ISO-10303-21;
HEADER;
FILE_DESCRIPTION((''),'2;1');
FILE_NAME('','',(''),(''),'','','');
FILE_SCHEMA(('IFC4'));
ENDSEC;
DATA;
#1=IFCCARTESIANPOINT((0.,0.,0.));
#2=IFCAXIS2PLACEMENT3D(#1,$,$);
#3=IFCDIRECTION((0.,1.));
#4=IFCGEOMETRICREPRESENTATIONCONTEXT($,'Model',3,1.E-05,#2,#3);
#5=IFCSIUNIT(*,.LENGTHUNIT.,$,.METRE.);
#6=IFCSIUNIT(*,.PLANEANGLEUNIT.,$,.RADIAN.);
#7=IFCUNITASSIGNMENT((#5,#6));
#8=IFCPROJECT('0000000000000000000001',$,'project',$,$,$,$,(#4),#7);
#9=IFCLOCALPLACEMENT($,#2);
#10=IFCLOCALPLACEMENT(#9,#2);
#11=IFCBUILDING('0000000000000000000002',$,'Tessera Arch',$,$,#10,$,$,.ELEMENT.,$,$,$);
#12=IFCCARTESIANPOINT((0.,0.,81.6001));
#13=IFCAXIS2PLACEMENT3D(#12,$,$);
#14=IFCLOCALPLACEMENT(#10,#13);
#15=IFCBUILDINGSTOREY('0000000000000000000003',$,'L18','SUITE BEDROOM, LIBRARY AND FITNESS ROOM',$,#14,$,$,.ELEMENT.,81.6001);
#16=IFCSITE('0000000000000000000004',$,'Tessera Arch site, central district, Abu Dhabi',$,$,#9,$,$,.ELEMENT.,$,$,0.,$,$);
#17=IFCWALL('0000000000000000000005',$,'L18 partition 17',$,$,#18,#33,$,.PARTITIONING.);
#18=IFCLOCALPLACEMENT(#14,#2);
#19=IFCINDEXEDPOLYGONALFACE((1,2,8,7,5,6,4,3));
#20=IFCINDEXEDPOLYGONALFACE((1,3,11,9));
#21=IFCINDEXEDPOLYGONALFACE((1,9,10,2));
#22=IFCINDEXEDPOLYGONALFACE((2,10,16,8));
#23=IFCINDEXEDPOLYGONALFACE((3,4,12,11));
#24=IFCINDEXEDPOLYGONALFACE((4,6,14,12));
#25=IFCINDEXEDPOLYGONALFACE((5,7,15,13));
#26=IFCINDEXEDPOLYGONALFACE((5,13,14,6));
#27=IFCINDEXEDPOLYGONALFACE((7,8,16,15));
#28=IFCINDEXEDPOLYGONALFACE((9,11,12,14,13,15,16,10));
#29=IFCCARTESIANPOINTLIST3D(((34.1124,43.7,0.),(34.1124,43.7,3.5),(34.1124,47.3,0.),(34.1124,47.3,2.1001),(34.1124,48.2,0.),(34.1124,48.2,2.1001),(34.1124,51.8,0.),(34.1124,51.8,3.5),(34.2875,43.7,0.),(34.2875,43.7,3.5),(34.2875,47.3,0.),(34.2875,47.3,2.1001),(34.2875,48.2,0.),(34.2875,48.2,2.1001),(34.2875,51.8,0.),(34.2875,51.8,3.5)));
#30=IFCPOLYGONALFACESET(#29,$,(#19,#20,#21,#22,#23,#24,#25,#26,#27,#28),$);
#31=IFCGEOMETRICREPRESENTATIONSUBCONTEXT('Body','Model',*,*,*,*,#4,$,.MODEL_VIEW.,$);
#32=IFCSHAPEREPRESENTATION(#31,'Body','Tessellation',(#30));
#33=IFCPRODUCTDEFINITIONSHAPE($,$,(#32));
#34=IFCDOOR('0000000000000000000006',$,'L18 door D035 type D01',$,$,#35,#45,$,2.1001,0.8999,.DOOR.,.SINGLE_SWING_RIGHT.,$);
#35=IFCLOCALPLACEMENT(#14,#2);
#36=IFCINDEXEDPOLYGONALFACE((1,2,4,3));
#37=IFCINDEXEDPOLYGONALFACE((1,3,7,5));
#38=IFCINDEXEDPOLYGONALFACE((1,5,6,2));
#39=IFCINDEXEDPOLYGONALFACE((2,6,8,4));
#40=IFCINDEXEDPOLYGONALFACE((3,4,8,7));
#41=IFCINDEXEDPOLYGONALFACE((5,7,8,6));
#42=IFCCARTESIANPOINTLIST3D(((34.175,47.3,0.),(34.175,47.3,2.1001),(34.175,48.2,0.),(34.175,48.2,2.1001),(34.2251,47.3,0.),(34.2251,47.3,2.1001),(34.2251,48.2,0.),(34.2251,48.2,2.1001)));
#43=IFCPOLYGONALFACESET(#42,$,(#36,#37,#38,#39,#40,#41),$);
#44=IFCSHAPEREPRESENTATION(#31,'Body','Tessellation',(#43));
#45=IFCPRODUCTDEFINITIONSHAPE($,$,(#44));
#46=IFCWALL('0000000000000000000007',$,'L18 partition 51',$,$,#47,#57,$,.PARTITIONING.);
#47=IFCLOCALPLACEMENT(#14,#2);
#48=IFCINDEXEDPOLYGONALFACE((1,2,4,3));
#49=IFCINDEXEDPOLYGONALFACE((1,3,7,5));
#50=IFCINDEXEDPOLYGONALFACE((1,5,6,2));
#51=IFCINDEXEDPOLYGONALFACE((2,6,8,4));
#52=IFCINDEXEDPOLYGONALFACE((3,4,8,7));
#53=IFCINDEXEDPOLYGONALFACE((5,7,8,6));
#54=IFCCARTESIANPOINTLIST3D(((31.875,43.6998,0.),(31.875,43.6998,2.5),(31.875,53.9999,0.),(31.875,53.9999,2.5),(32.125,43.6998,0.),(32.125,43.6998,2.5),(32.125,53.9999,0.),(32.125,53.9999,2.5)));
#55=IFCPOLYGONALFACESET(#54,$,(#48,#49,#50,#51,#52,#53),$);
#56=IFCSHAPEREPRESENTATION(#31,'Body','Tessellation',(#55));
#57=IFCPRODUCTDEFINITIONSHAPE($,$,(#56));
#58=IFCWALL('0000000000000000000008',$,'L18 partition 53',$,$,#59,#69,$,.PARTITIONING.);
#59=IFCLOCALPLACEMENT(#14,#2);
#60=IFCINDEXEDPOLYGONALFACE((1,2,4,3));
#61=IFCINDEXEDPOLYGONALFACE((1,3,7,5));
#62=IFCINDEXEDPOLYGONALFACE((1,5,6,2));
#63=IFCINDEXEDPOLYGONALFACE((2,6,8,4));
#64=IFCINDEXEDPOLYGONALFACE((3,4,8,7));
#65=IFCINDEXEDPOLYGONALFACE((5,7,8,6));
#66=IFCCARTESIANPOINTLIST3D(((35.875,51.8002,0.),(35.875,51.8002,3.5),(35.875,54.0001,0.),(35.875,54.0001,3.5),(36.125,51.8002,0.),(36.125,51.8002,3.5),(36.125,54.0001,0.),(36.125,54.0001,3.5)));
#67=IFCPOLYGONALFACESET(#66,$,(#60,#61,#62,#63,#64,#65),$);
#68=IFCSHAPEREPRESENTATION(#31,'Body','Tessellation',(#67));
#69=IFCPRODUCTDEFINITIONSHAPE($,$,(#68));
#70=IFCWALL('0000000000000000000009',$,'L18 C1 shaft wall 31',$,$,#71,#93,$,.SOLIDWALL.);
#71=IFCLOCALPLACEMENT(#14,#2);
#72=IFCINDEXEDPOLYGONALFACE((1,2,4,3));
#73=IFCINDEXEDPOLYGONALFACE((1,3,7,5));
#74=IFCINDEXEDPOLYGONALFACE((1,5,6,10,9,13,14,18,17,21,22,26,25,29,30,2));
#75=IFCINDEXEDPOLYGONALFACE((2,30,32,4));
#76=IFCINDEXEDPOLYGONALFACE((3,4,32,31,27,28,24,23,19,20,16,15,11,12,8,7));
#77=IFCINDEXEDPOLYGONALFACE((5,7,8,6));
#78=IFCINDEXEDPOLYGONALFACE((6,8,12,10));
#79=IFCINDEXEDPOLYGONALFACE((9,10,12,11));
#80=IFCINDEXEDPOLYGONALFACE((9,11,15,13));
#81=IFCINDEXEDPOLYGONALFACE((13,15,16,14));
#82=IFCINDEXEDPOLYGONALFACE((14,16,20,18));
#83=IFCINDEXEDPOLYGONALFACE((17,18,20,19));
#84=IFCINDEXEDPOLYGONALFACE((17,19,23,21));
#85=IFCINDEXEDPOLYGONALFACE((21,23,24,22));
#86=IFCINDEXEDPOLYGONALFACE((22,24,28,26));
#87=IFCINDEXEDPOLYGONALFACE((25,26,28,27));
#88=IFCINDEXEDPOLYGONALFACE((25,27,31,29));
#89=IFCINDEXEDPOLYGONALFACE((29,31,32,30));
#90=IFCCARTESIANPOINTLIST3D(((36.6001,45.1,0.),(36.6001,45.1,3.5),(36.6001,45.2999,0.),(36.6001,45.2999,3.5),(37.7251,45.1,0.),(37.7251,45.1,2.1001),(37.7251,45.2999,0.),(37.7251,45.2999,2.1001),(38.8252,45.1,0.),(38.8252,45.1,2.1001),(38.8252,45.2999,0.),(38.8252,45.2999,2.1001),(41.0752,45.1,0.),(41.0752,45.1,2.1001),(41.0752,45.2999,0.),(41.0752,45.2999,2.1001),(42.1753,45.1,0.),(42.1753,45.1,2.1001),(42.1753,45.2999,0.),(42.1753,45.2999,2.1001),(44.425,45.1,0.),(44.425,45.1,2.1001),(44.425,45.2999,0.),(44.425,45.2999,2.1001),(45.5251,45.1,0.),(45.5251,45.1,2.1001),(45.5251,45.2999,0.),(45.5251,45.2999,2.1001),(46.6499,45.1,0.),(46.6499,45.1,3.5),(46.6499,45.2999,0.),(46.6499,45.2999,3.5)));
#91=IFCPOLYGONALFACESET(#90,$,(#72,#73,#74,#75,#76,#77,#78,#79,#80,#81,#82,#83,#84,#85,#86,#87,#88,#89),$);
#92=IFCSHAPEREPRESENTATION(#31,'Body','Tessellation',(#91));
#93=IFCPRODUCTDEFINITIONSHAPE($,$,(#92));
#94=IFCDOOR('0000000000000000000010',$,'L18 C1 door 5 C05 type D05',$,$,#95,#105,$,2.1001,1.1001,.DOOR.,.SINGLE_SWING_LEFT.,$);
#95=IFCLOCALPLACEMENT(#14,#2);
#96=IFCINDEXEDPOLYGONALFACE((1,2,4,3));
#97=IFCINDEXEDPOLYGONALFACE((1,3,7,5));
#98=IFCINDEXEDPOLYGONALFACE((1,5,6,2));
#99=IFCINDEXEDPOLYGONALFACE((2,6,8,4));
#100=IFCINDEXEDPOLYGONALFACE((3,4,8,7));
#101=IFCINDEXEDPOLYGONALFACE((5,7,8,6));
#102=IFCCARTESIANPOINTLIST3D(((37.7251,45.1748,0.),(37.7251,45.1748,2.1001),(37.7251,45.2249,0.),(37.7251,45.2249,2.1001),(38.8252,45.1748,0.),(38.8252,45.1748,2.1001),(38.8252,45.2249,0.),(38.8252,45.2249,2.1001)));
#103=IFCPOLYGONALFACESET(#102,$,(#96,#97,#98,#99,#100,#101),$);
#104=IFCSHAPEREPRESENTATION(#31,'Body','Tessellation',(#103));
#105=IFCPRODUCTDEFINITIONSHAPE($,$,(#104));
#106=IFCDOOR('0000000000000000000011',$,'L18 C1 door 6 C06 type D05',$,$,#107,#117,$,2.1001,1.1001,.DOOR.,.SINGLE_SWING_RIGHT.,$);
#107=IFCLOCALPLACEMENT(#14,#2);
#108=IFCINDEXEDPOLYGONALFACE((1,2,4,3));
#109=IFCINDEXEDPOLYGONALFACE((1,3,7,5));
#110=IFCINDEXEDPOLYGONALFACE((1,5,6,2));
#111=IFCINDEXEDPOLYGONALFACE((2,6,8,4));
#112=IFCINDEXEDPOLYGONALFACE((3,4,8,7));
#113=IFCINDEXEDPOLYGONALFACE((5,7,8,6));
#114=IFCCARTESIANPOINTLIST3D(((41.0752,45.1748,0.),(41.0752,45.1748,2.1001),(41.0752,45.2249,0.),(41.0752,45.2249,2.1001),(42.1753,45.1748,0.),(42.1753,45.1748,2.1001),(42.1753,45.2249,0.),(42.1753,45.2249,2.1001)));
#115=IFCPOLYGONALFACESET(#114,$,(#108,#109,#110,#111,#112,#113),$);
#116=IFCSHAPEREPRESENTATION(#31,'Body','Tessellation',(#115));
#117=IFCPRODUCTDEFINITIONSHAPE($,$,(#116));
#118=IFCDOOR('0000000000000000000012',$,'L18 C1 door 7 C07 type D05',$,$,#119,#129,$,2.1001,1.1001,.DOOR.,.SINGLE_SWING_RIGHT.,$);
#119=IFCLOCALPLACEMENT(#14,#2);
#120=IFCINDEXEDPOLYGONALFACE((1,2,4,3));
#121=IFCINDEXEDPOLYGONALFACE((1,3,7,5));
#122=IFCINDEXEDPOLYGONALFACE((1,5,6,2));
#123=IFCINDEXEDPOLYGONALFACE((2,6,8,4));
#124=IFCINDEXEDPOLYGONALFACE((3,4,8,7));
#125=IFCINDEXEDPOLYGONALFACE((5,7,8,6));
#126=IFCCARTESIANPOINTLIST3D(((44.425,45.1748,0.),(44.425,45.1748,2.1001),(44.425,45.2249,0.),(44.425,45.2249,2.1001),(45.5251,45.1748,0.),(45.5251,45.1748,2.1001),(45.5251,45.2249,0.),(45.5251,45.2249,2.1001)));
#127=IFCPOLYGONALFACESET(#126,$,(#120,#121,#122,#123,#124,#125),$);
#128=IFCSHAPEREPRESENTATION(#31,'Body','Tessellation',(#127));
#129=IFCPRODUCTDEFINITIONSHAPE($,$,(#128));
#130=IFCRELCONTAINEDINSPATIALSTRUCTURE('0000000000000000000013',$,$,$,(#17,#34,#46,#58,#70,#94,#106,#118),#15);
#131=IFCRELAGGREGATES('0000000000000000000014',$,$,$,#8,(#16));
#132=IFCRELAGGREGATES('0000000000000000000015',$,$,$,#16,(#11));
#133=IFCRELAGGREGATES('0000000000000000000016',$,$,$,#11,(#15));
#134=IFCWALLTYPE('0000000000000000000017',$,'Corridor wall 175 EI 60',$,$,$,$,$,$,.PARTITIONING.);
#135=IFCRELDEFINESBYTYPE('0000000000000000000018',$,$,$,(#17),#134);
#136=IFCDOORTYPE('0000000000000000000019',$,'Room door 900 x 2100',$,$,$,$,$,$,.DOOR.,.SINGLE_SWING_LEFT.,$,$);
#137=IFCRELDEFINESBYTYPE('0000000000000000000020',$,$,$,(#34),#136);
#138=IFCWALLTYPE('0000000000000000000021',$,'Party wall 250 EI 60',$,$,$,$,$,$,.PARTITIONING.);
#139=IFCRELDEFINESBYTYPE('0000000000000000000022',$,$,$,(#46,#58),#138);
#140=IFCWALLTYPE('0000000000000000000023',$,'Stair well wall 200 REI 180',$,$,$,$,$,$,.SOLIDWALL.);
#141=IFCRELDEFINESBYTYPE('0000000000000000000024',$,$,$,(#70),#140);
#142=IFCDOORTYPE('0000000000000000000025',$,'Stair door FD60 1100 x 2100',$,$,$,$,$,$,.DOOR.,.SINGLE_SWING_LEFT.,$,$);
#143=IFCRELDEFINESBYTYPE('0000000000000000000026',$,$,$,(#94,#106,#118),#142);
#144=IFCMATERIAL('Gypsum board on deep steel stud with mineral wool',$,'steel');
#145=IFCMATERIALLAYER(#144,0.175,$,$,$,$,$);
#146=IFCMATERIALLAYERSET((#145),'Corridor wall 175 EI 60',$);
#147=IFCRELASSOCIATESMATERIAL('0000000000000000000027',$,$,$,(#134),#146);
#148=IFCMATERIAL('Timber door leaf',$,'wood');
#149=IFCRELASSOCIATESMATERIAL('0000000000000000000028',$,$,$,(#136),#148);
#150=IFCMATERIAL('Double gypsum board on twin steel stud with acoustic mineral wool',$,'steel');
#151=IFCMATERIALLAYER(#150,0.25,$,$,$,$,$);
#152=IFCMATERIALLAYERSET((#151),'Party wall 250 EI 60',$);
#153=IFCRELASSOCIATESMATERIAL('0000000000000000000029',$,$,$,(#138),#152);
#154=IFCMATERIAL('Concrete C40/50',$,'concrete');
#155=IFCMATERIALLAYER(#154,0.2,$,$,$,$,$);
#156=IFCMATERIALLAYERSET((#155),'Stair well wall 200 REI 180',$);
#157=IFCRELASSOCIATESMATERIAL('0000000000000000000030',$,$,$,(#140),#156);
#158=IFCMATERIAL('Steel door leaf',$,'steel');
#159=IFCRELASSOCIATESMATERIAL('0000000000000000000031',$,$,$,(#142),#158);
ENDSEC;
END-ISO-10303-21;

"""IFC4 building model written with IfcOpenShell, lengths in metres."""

from ifc_helpers import new_model, si_unit, direction, frame, frame_2d, origin, place, context, subcontext, project, spatial, rectangle, extrude, material, layer, layer_set, type_object, element, fill, save


model = new_model("IFC4")

# Units and contexts
model_context = context("Model", 3, precision=1e-05, world=origin(), true_north=direction((0.0, 1.0)))
body_context = subcontext(model_context, "Body", "Model", "MODEL_VIEW")
ifc_project = project(units=[si_unit("LENGTHUNIT", "METRE"), si_unit("PLANEANGLEUNIT", "RADIAN")], contexts=[model_context])

# Site, building, storey
site_placement = place(None, origin())
site = spatial("IfcSite", under=ifc_project, at=site_placement, Name="Tessera Arch site, central district, Abu Dhabi", CompositionType="ELEMENT", RefElevation=0.0)
building_placement = place(site_placement, origin())
building = spatial("IfcBuilding", under=site, at=building_placement, Name="Tessera Arch", CompositionType="ELEMENT")
storey_placement = place(building_placement, frame((0.0, 0.0, 81.6001)))
storey = spatial("IfcBuildingStorey", under=building, at=storey_placement, Name="L18", Description="SUITE BEDROOM, LIBRARY AND FITNESS ROOM", CompositionType="ELEMENT", Elevation=81.6001)

# Shared definitions
ifc_material_1 = material(Name="Gypsum board on deep steel stud with mineral wool", Category="steel")
ifc_layer_1 = layer(ifc_material_1, 0.175)
ifc_layer_set_1 = layer_set([ifc_layer_1], Name="Corridor wall 175 EI 60")
wall_type_1 = type_object("IfcWallType", Name="Corridor wall 175 EI 60", PredefinedType="PARTITIONING", material=ifc_layer_set_1)
ifc_material_2 = material(Name="Timber door leaf", Category="wood")
door_type_1 = type_object("IfcDoorType", Name="Room door 900 x 2100", OperationType="SINGLE_SWING_LEFT", PredefinedType="DOOR", material=ifc_material_2)

# Wall, opening, door
wall_1_placement = place(storey_placement, frame((34.2, 43.7, 0.0), z_axis=(0.0, 0.0, 1.0), x_axis=(0.0, 1.0, 0.0)))
wall_1 = element("IfcWall", 1, at=wall_1_placement, inside=storey, type_object=wall_type_1, Name="L18 partition 17", PredefinedType="PARTITIONING", context=body_context, shape_type="SweptSolid", body=[
    extrude(rectangle(XDim=8.1001, YDim=0.175, at=frame_2d((4.05, 0.0))), origin(), (0.0, 0.0, 1.0), 3.5),
])
opening_1_placement = place(wall_1_placement, frame((3.6001, 0.0, 0.0)))
opening_1 = element("IfcOpeningElement", 2, at=opening_1_placement, cuts=wall_1, PredefinedType="OPENING", context=body_context, shape_type="SweptSolid", body=[
    extrude(rectangle(XDim=0.8999, YDim=2.1001, at=frame_2d((0.45, 1.05))), frame((0.0, 0.0974, 0.0), z_axis=(0.0, -1.0, 0.0), x_axis=(1.0, 0.0, 0.0)), (0.0, 0.0, 1.0), 0.1951),
])
door_1_placement = place(opening_1_placement, origin())
door_1 = element("IfcDoor", 3, at=door_1_placement, inside=storey, type_object=door_type_1, Name="L18 door D035 type D01", OperationType="SINGLE_SWING_RIGHT", OverallHeight=2.1001, OverallWidth=0.8999, PredefinedType="DOOR", context=body_context, shape_type="SweptSolid", body=[
    extrude(rectangle(XDim=0.8999, YDim=2.1001, at=frame_2d((0.45, 1.05))), frame((0.0, 0.0249, 0.0), z_axis=(0.0, -1.0, 0.0), x_axis=(1.0, 0.0, 0.0)), (0.0, 0.0, 1.0), 0.05),
])
fill(opening_1, door_1)

# Walls
ifc_material_3 = material(Name="Double gypsum board on twin steel stud with acoustic mineral wool", Category="steel")
ifc_layer_2 = layer(ifc_material_3, 0.25)
ifc_layer_set_2 = layer_set([ifc_layer_2], Name="Party wall 250 EI 60")
wall_type_2 = type_object("IfcWallType", Name="Party wall 250 EI 60", PredefinedType="PARTITIONING", material=ifc_layer_set_2)
wall_2_placement = place(storey_placement, frame((32.0, 43.7, 0.0), z_axis=(0.0, 0.0, 1.0), x_axis=(0.0, 1.0, 0.0)))
element("IfcWall", 4, at=wall_2_placement, inside=storey, type_object=wall_type_2, Name="L18 partition 51", PredefinedType="PARTITIONING", context=body_context, shape_type="SweptSolid", body=[
    extrude(rectangle(XDim=10.3, YDim=0.25, at=frame_2d((5.1499, 0.0))), origin(), (0.0, 0.0, 1.0), 2.5),
])
wall_3_placement = place(storey_placement, frame((36.0, 51.8, 0.0), z_axis=(0.0, 0.0, 1.0), x_axis=(0.0, 1.0, 0.0)))
element("IfcWall", 5, at=wall_3_placement, inside=storey, type_object=wall_type_2, Name="L18 partition 53", PredefinedType="PARTITIONING", context=body_context, shape_type="SweptSolid", body=[
    extrude(rectangle(XDim=2.2, YDim=0.25, at=frame_2d((1.1001, 0.0))), origin(), (0.0, 0.0, 1.0), 3.5),
])

# Wall, openings, doors
ifc_material_4 = material(Name="Concrete C40/50", Category="concrete")
ifc_layer_3 = layer(ifc_material_4, 0.2)
ifc_layer_set_3 = layer_set([ifc_layer_3], Name="Stair well wall 200 REI 180")
wall_type_3 = type_object("IfcWallType", Name="Stair well wall 200 REI 180", PredefinedType="SOLIDWALL", material=ifc_layer_set_3)
wall_4_placement = place(storey_placement, frame((36.6001, 45.2, 0.0), z_axis=(0.0, 0.0, 1.0), x_axis=(1.0, 0.0, 0.0)))
wall_4 = element("IfcWall", 6, at=wall_4_placement, inside=storey, type_object=wall_type_3, Name="L18 C1 shaft wall 31", PredefinedType="SOLIDWALL", context=body_context, shape_type="SweptSolid", body=[
    extrude(rectangle(XDim=10.0498, YDim=0.2, at=frame_2d((5.0249, 0.0))), origin(), (0.0, 0.0, 1.0), 3.5),
])
opening_2_placement = place(wall_4_placement, frame((1.125, 0.0, 0.0)))
opening_2 = element("IfcOpeningElement", 7, at=opening_2_placement, cuts=wall_4, PredefinedType="OPENING", context=body_context, shape_type="SweptSolid", body=[
    extrude(rectangle(XDim=1.1001, YDim=2.1001, at=frame_2d((0.55, 1.05))), frame((0.0, 0.1099, 0.0), z_axis=(0.0, -1.0, 0.0), x_axis=(1.0, 0.0, 0.0)), (0.0, 0.0, 1.0), 0.22),
])
opening_3_placement = place(wall_4_placement, frame((4.4751, 0.0, 0.0)))
opening_3 = element("IfcOpeningElement", 8, at=opening_3_placement, cuts=wall_4, PredefinedType="OPENING", context=body_context, shape_type="SweptSolid", body=[
    extrude(rectangle(XDim=1.1001, YDim=2.1001, at=frame_2d((0.55, 1.05))), frame((0.0, 0.1099, 0.0), z_axis=(0.0, -1.0, 0.0), x_axis=(1.0, 0.0, 0.0)), (0.0, 0.0, 1.0), 0.22),
])
opening_4_placement = place(wall_4_placement, frame((7.825, 0.0, 0.0)))
opening_4 = element("IfcOpeningElement", 9, at=opening_4_placement, cuts=wall_4, PredefinedType="OPENING", context=body_context, shape_type="SweptSolid", body=[
    extrude(rectangle(XDim=1.1001, YDim=2.1001, at=frame_2d((0.55, 1.05))), frame((0.0, 0.1099, 0.0), z_axis=(0.0, -1.0, 0.0), x_axis=(1.0, 0.0, 0.0)), (0.0, 0.0, 1.0), 0.22),
])
ifc_material_5 = material(Name="Steel door leaf", Category="steel")
door_type_2 = type_object("IfcDoorType", Name="Stair door FD60 1100 x 2100", OperationType="SINGLE_SWING_LEFT", PredefinedType="DOOR", material=ifc_material_5)
door_2_placement = place(opening_2_placement, origin())
door_2 = element("IfcDoor", 10, at=door_2_placement, inside=storey, type_object=door_type_2, Name="L18 C1 door 5 C05 type D05", OperationType="SINGLE_SWING_LEFT", OverallHeight=2.1001, OverallWidth=1.1001, PredefinedType="DOOR", context=body_context, shape_type="SweptSolid", body=[
    extrude(rectangle(XDim=1.1001, YDim=2.1001, at=frame_2d((0.55, 1.05))), frame((0.0, 0.0249, 0.0), z_axis=(0.0, -1.0, 0.0), x_axis=(1.0, 0.0, 0.0)), (0.0, 0.0, 1.0), 0.05),
])
fill(opening_2, door_2)
door_3_placement = place(opening_3_placement, origin())
door_3 = element("IfcDoor", 11, at=door_3_placement, inside=storey, type_object=door_type_2, Name="L18 C1 door 6 C06 type D05", OperationType="SINGLE_SWING_RIGHT", OverallHeight=2.1001, OverallWidth=1.1001, PredefinedType="DOOR", context=body_context, shape_type="SweptSolid", body=[
    extrude(rectangle(XDim=1.1001, YDim=2.1001, at=frame_2d((0.55, 1.05))), frame((0.0, 0.0249, 0.0), z_axis=(0.0, -1.0, 0.0), x_axis=(1.0, 0.0, 0.0)), (0.0, 0.0, 1.0), 0.05),
])
fill(opening_3, door_3)
door_4_placement = place(opening_4_placement, origin())
door_4 = element("IfcDoor", 12, at=door_4_placement, inside=storey, type_object=door_type_2, Name="L18 C1 door 7 C07 type D05", OperationType="SINGLE_SWING_RIGHT", OverallHeight=2.1001, OverallWidth=1.1001, PredefinedType="DOOR", context=body_context, shape_type="SweptSolid", body=[
    extrude(rectangle(XDim=1.1001, YDim=2.1001, at=frame_2d((0.55, 1.05))), frame((0.0, 0.0249, 0.0), z_axis=(0.0, -1.0, 0.0), x_axis=(1.0, 0.0, 0.0)), (0.0, 0.0, 1.0), 0.05),
])
fill(opening_4, door_4)

save(model, "model.ifc")
